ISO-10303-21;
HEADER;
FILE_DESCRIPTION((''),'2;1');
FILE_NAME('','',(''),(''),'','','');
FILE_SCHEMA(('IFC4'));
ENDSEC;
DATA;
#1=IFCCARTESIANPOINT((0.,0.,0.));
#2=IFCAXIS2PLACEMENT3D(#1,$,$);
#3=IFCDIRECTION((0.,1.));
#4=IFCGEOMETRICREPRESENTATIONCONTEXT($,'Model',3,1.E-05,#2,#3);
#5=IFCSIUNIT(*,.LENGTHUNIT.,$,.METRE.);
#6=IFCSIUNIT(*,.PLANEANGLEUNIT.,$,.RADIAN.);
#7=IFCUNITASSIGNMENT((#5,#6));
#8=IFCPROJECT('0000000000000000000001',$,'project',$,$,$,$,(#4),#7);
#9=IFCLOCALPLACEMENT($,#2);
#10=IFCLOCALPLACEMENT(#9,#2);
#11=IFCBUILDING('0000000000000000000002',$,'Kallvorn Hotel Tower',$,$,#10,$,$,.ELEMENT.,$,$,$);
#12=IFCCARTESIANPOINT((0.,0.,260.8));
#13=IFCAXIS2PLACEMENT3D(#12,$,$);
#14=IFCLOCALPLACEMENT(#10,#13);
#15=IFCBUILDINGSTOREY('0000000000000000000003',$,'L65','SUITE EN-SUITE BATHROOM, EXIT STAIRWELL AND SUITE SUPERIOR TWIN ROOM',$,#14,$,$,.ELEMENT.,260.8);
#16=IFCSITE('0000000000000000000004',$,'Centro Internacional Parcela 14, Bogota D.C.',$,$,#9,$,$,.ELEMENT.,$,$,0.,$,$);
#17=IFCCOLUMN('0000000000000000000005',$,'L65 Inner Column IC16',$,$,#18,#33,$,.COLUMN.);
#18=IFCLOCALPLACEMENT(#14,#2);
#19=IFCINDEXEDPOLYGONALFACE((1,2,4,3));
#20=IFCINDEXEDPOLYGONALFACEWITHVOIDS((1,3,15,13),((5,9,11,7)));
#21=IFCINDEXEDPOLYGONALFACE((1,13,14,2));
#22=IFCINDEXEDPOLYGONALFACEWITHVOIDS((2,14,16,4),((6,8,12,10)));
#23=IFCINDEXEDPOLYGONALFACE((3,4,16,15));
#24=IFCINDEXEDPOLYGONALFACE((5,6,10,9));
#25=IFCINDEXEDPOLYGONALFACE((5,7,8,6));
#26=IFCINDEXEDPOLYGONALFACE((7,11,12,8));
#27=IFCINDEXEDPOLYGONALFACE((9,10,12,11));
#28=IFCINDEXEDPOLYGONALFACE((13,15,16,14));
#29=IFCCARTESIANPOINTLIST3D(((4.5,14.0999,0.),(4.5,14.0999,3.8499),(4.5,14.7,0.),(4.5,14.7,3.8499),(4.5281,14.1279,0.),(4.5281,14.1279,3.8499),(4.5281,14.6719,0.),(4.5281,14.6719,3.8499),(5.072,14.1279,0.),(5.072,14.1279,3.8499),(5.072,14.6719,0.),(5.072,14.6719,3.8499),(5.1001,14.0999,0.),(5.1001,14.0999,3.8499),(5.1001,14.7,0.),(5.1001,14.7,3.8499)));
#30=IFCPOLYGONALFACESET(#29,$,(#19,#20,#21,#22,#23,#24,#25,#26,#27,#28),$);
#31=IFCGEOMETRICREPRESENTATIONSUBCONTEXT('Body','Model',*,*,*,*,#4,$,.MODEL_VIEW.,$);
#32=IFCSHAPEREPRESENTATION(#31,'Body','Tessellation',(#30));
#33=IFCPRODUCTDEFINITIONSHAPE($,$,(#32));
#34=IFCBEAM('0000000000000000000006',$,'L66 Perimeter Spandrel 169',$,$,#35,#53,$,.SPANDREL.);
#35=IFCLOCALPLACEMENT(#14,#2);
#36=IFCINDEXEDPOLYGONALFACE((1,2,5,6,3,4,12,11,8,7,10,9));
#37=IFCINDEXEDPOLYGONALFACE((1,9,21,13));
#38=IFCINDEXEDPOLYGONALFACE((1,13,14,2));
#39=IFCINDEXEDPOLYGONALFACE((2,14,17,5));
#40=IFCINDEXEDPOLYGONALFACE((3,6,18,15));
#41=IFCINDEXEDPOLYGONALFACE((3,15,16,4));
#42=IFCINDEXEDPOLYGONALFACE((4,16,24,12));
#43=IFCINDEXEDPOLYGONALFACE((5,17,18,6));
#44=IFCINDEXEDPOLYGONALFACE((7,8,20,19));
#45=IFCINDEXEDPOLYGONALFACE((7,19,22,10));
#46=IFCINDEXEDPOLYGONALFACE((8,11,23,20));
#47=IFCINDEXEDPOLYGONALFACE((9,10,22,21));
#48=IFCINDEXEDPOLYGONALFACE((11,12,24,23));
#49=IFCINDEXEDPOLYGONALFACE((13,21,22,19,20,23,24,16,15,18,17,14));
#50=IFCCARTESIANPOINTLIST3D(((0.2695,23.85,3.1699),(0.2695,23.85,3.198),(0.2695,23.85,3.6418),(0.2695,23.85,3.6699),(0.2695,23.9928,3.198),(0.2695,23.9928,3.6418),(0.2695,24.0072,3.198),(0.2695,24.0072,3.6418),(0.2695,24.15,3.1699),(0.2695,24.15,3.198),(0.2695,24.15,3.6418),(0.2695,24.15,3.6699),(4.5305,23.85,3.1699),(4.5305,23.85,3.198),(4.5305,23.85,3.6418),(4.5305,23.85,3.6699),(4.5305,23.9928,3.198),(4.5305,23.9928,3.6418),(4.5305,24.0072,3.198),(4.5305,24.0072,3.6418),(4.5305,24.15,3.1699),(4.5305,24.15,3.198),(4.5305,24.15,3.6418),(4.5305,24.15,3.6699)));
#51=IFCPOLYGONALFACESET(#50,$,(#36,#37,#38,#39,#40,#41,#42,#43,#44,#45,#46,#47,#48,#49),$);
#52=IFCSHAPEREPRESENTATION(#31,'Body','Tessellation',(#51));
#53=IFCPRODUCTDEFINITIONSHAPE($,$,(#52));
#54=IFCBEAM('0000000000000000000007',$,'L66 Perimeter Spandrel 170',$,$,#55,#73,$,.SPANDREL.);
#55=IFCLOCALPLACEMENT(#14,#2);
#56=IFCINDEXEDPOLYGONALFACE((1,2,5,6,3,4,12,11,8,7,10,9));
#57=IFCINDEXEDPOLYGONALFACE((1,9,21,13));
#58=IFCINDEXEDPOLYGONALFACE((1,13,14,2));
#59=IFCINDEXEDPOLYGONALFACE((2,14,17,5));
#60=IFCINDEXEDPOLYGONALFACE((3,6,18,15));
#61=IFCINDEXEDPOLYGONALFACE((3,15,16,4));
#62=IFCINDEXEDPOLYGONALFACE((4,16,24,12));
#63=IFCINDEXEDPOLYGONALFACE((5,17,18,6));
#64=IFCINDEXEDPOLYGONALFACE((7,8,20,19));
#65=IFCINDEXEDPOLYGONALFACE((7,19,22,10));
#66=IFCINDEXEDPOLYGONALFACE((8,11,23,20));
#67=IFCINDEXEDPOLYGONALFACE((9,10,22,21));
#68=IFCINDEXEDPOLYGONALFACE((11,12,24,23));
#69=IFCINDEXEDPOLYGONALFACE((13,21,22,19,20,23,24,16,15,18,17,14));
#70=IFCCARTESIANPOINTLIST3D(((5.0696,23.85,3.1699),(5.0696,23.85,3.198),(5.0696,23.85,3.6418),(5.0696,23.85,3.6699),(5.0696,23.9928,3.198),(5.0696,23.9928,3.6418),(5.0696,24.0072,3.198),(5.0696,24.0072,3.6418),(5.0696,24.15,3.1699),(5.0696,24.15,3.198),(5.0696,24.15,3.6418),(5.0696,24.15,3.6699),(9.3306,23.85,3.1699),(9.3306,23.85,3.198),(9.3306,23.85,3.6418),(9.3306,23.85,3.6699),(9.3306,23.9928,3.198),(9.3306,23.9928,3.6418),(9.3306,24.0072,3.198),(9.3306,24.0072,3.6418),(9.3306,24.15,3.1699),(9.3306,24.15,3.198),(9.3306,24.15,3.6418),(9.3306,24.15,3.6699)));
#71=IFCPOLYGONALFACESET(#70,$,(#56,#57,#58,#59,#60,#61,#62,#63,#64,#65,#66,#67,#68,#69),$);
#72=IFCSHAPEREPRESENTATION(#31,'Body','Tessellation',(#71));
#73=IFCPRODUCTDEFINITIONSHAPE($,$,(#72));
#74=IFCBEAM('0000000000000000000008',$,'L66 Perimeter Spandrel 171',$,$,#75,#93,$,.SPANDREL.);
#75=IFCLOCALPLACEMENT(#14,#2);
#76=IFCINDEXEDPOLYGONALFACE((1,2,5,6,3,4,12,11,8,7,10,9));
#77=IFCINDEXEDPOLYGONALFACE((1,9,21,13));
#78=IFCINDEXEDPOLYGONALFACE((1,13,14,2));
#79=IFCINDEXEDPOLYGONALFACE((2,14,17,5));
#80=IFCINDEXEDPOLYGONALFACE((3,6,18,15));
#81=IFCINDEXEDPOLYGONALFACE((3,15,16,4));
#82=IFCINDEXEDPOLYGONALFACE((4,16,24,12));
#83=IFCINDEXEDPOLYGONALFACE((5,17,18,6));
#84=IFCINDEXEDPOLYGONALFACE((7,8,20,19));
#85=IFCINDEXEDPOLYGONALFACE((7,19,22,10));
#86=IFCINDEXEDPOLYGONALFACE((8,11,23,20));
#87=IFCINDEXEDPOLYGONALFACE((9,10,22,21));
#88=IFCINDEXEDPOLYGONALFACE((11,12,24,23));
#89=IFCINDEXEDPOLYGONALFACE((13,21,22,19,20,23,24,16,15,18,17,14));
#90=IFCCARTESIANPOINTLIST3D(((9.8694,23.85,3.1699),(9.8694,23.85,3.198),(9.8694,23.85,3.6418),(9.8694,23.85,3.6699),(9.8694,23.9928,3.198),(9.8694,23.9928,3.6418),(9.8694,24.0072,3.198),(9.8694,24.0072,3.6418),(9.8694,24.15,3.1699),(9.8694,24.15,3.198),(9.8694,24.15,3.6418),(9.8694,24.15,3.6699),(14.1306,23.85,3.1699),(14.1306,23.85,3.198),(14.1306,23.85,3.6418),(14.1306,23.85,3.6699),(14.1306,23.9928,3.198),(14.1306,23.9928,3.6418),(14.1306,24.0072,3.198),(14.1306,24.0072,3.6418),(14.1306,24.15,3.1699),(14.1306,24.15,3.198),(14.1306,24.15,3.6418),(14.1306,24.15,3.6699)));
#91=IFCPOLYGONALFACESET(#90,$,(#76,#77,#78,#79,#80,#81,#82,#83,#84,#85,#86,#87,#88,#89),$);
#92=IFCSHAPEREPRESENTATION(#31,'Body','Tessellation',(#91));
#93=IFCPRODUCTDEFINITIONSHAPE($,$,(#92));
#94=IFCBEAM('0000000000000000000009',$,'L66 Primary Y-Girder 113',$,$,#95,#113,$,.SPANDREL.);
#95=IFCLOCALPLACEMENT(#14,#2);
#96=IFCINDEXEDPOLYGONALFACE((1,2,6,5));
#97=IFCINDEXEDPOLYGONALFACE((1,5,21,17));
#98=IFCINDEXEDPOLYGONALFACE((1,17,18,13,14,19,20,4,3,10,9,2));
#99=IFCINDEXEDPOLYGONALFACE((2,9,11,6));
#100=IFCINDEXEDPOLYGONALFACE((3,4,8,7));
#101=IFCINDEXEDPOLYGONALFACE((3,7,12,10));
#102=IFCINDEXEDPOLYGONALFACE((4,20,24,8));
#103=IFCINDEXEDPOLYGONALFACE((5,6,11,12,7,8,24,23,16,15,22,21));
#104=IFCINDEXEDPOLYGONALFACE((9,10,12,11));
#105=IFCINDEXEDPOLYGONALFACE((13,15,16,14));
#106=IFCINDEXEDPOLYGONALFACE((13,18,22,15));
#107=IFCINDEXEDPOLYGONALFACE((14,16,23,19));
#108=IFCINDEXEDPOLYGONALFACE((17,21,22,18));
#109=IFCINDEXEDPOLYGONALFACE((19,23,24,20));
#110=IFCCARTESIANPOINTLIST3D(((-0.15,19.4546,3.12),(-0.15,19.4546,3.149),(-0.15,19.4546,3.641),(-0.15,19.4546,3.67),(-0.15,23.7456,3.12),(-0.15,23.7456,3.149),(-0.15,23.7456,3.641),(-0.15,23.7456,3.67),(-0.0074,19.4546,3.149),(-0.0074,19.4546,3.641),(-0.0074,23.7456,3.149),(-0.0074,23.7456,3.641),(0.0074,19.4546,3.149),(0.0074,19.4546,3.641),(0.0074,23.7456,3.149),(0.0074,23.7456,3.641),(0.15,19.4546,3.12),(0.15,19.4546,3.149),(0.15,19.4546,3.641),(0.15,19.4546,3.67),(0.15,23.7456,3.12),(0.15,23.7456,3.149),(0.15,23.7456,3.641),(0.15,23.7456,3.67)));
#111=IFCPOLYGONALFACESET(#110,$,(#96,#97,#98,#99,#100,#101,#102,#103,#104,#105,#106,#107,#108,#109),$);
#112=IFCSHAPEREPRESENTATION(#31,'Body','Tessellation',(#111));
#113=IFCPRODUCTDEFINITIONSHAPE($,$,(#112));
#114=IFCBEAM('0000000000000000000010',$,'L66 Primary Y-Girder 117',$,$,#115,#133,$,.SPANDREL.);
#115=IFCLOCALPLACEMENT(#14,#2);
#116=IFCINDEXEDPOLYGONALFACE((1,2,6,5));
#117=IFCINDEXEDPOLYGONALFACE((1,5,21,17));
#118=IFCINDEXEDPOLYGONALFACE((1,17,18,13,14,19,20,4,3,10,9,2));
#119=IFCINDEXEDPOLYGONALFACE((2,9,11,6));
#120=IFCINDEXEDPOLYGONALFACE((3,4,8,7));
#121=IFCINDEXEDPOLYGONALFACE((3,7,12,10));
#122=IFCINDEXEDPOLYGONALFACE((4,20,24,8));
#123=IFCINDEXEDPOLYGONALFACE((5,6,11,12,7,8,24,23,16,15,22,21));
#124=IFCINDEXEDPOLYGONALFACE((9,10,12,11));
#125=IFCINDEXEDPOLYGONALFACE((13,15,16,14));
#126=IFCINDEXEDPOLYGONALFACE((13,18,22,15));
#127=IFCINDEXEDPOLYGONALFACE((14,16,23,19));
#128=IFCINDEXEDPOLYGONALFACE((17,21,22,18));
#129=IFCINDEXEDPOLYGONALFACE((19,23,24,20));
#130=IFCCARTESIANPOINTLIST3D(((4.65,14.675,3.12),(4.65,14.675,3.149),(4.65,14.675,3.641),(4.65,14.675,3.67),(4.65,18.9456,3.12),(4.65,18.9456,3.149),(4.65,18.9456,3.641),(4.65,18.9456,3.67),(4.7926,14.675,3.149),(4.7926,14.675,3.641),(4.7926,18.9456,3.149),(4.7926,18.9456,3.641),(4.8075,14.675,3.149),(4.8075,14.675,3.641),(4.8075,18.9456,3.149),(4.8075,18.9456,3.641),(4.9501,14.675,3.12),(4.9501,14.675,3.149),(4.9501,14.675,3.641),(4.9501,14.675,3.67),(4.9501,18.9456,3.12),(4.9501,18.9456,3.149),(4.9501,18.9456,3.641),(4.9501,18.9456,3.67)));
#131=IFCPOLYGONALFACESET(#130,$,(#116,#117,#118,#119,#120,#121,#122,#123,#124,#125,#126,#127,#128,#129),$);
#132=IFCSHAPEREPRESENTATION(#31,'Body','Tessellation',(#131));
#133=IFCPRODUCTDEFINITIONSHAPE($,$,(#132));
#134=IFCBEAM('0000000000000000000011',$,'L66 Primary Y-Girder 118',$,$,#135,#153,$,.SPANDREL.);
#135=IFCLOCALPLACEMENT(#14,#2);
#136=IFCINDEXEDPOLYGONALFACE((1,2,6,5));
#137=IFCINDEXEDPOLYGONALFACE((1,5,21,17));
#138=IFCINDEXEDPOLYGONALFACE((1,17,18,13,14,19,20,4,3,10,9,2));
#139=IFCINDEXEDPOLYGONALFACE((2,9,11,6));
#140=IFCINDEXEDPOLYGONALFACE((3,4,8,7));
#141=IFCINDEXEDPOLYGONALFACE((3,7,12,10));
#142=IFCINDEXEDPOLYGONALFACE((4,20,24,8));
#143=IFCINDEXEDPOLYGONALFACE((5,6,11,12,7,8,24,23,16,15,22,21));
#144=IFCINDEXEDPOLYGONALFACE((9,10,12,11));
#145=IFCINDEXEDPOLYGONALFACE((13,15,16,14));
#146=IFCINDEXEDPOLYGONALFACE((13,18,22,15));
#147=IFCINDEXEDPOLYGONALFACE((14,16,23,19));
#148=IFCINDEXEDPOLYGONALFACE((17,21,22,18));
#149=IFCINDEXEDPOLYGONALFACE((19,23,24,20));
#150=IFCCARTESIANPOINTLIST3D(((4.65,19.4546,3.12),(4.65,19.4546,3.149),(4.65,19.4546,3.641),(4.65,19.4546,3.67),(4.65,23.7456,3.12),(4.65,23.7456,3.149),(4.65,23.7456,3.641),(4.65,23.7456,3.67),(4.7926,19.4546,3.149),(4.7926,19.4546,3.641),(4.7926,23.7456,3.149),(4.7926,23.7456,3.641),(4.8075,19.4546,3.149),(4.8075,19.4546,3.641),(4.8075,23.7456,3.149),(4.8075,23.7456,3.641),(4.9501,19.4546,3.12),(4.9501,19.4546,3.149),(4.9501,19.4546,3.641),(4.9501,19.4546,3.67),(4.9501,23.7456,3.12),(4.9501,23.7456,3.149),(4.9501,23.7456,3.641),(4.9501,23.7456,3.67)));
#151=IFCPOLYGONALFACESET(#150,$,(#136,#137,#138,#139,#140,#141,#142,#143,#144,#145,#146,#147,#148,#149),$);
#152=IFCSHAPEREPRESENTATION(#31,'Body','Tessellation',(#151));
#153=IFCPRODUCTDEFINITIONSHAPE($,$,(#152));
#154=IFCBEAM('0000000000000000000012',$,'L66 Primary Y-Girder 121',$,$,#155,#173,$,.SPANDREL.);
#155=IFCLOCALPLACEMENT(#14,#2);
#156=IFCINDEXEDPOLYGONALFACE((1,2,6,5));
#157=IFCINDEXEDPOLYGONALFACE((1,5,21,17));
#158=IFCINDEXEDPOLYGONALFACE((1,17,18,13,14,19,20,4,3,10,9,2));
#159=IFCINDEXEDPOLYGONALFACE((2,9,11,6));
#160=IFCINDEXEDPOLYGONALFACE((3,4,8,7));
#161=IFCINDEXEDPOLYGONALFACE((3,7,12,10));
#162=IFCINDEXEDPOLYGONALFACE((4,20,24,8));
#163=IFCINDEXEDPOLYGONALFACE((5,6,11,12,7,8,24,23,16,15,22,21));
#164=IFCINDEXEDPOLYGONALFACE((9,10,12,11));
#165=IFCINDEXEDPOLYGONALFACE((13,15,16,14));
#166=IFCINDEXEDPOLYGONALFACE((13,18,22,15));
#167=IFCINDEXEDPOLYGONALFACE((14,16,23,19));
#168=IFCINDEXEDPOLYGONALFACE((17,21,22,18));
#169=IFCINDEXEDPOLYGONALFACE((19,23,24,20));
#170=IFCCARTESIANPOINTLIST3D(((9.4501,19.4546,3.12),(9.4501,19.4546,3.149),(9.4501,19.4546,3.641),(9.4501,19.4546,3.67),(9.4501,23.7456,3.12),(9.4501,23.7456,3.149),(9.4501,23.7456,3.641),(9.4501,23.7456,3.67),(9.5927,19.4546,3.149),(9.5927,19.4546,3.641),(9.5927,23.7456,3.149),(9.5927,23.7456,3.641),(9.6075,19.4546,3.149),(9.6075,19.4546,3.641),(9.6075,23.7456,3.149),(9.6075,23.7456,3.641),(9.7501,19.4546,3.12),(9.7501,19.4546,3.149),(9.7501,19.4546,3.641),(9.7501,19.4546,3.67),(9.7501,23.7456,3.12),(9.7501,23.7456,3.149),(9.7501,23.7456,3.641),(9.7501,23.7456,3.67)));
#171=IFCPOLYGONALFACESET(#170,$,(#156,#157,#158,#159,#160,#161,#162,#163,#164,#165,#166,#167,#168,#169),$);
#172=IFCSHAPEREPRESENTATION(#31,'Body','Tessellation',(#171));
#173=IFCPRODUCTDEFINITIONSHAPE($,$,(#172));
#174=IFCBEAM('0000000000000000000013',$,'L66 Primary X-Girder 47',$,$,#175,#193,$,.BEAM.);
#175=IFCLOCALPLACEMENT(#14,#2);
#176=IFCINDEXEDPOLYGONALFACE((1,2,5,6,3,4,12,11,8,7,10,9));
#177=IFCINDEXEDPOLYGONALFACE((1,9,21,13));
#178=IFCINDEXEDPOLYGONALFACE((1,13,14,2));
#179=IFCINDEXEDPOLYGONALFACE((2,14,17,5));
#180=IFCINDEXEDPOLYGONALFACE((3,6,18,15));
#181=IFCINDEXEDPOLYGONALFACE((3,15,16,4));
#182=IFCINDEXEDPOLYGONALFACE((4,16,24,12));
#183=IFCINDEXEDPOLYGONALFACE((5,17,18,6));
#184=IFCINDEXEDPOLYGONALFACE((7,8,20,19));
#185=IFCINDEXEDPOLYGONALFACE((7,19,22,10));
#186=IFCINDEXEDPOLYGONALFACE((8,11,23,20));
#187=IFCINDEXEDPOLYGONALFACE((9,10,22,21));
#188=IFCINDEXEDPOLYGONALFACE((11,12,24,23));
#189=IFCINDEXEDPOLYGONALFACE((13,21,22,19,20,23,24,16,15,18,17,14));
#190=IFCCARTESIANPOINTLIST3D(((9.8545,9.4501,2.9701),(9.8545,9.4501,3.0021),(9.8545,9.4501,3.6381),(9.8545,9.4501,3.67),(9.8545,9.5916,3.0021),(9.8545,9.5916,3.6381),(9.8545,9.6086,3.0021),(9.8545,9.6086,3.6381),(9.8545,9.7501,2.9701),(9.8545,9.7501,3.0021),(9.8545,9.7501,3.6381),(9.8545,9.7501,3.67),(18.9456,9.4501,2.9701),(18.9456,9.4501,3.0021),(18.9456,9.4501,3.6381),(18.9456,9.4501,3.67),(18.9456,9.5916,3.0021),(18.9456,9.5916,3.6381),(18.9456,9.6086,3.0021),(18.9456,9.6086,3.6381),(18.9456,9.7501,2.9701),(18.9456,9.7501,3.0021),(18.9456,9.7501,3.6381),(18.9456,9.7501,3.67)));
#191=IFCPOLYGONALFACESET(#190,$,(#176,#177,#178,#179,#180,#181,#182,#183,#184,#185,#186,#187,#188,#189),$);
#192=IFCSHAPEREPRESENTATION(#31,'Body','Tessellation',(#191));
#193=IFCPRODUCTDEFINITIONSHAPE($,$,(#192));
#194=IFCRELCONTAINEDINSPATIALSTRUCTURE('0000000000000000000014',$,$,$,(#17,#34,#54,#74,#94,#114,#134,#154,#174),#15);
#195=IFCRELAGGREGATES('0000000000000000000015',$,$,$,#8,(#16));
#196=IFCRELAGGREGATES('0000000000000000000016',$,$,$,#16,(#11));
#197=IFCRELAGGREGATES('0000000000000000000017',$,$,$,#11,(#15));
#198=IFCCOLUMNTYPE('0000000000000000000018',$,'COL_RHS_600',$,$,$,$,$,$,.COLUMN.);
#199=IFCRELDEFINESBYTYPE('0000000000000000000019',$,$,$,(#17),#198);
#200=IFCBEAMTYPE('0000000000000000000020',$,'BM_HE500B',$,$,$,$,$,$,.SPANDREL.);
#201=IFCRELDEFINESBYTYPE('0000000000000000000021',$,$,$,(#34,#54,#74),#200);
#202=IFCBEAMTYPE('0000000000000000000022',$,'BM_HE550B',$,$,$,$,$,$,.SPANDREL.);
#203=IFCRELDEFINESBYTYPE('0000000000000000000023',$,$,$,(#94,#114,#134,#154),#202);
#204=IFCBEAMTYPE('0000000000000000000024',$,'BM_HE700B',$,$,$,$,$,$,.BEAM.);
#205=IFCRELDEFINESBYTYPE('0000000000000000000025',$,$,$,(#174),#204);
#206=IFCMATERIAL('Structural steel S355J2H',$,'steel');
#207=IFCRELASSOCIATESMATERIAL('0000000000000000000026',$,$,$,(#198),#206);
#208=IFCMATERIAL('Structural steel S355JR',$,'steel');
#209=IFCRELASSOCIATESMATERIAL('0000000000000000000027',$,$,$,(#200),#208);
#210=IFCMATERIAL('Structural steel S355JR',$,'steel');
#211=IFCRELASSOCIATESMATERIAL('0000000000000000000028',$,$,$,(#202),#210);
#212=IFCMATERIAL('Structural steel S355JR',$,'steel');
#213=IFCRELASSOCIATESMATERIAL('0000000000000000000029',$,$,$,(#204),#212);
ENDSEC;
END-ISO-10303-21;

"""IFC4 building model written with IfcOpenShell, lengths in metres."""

from ifc_helpers import new_model, si_unit, direction, frame, origin, origin_2d, place, context, subcontext, project, spatial, hollow_rectangle, i_section, extrude, material, material_profile, profile_set, type_object, element, save


model = new_model("IFC4")

# Units and contexts
model_context = context("Model", 3, precision=1e-05, world=origin(), true_north=direction((0.0, 1.0)))
body_context = subcontext(model_context, "Body", "Model", "MODEL_VIEW")
ifc_project = project(units=[si_unit("LENGTHUNIT", "METRE"), si_unit("PLANEANGLEUNIT", "RADIAN")], contexts=[model_context])

# Site, building, storey
site_placement = place(None, origin())
site = spatial("IfcSite", under=ifc_project, at=site_placement, Name="Centro Internacional Parcela 14, Bogota D.C.", CompositionType="ELEMENT", RefElevation=0.0)
building_placement = place(site_placement, origin())
building = spatial("IfcBuilding", under=site, at=building_placement, Name="Kallvorn Hotel Tower", CompositionType="ELEMENT")
storey_placement = place(building_placement, frame((0.0, 0.0, 260.8)))
storey = spatial("IfcBuildingStorey", under=building, at=storey_placement, Name="L65", Description="SUITE EN-SUITE BATHROOM, EXIT STAIRWELL AND SUITE SUPERIOR TWIN ROOM", CompositionType="ELEMENT", Elevation=260.8)

# Column
ifc_material_1 = material(Name="Structural steel S355J2H", Category="steel")
ifc_material_profile_1 = material_profile(ifc_material_1, hollow_rectangle(XDim=0.6001, YDim=0.6001, WallThickness=0.0281, at=origin_2d()), Name="RHS 600x600x28")
ifc_profile_set_1 = profile_set([ifc_material_profile_1], Name="Structural steel S355J2H")
column_type_1 = type_object("IfcColumnType", Name="COL_RHS_600", PredefinedType="COLUMN", material=ifc_profile_set_1)
column_placement = place(storey_placement, frame((4.8, 14.3999, 0.0), z_axis=(0.0, 0.0, 1.0), x_axis=(1.0, 0.0, 0.0)))
element("IfcColumn", 1, at=column_placement, inside=storey, type_object=column_type_1, Name="L65 Inner Column IC16", PredefinedType="COLUMN", context=body_context, shape_type="SweptSolid", body=[
    extrude(hollow_rectangle(XDim=0.6001, YDim=0.6001, WallThickness=0.0281, at=origin_2d()), origin(), (0.0, 0.0, 1.0), 3.8499),
])

# Beams
ifc_material_2 = material(Name="Structural steel S355JR", Category="steel")
ifc_material_profile_2 = material_profile(ifc_material_2, i_section(OverallWidth=0.3, OverallDepth=0.5, WebThickness=0.0144, FlangeThickness=0.0281, at=origin_2d()), Name="HE 500 B")
ifc_profile_set_2 = profile_set([ifc_material_profile_2], Name="Structural steel S355JR")
beam_type_1 = type_object("IfcBeamType", Name="BM_HE500B", PredefinedType="SPANDREL", material=ifc_profile_set_2)
for number, where, z_axis, x_axis, name in (
    (2, (0.2695, 24.0, 3.4199), (1.0, 0.0, 0.0), (0.0, 1.0, 0.0), "L66 Perimeter Spandrel 169"),
    (3, (5.0696, 24.0, 3.4199), (1.0, 0.0, 0.0), (0.0, 1.0, 0.0), "L66 Perimeter Spandrel 170"),
):
    element("IfcBeam", number, at=place(storey_placement, frame(where, z_axis=z_axis, x_axis=x_axis)), inside=storey, type_object=beam_type_1, Name=name, PredefinedType="SPANDREL", context=body_context, shape_type="SweptSolid", body=[
        extrude(i_section(OverallWidth=0.3, OverallDepth=0.5, WebThickness=0.0144, FlangeThickness=0.0281, at=origin_2d()), origin(), (0.0, 0.0, 1.0), 4.261),
    ])
beam_1_placement = place(storey_placement, frame((9.8694, 24.0, 3.4199), z_axis=(1.0, 0.0, 0.0), x_axis=(0.0, 1.0, 0.0)))
element("IfcBeam", 4, at=beam_1_placement, inside=storey, type_object=beam_type_1, Name="L66 Perimeter Spandrel 171", PredefinedType="SPANDREL", context=body_context, shape_type="SweptSolid", body=[
    extrude(i_section(OverallWidth=0.3, OverallDepth=0.5, WebThickness=0.0144, FlangeThickness=0.0281, at=origin_2d()), origin(), (0.0, 0.0, 1.0), 4.2612),
])
ifc_material_3 = material(Name="Structural steel S355JR", Category="steel")
ifc_material_profile_3 = material_profile(ifc_material_3, i_section(OverallWidth=0.3, OverallDepth=0.55, WebThickness=0.0149, FlangeThickness=0.0291, at=origin_2d()), Name="HE 550 B")
ifc_profile_set_3 = profile_set([ifc_material_profile_3], Name="Structural steel S355JR")
beam_type_2 = type_object("IfcBeamType", Name="BM_HE550B", PredefinedType="SPANDREL", material=ifc_profile_set_3)
beam_2_placement = place(storey_placement, frame((0.0, 19.4546, 3.395), z_axis=(0.0, 1.0, 0.0), x_axis=(-1.0, 0.0, 0.0)))
element("IfcBeam", 5, at=beam_2_placement, inside=storey, type_object=beam_type_2, Name="L66 Primary Y-Girder 113", PredefinedType="SPANDREL", context=body_context, shape_type="SweptSolid", body=[
    extrude(i_section(OverallWidth=0.3, OverallDepth=0.55, WebThickness=0.0149, FlangeThickness=0.0291, at=origin_2d()), origin(), (0.0, 0.0, 1.0), 4.291),
])
beam_3_placement = place(storey_placement, frame((4.8, 14.675, 3.395), z_axis=(0.0, 1.0, 0.0), x_axis=(-1.0, 0.0, 0.0)))
element("IfcBeam", 6, at=beam_3_placement, inside=storey, type_object=beam_type_2, Name="L66 Primary Y-Girder 117", PredefinedType="SPANDREL", context=body_context, shape_type="SweptSolid", body=[
    extrude(i_section(OverallWidth=0.3, OverallDepth=0.55, WebThickness=0.0149, FlangeThickness=0.0291, at=origin_2d()), origin(), (0.0, 0.0, 1.0), 4.2705),
])
for number, where, z_axis, x_axis, name in (
    (7, (4.8, 19.4546, 3.395), (0.0, 1.0, 0.0), (-1.0, 0.0, 0.0), "L66 Primary Y-Girder 118"),
    (8, (9.6001, 19.4546, 3.395), (0.0, 1.0, 0.0), (-1.0, 0.0, 0.0), "L66 Primary Y-Girder 121"),
):
    element("IfcBeam", number, at=place(storey_placement, frame(where, z_axis=z_axis, x_axis=x_axis)), inside=storey, type_object=beam_type_2, Name=name, PredefinedType="SPANDREL", context=body_context, shape_type="SweptSolid", body=[
        extrude(i_section(OverallWidth=0.3, OverallDepth=0.55, WebThickness=0.0149, FlangeThickness=0.0291, at=origin_2d()), origin(), (0.0, 0.0, 1.0), 4.291),
    ])
ifc_material_4 = material(Name="Structural steel S355JR", Category="steel")
ifc_material_profile_4 = material_profile(ifc_material_4, i_section(OverallWidth=0.3, OverallDepth=0.7, WebThickness=0.0171, FlangeThickness=0.032, at=origin_2d()), Name="HE 700 B")
ifc_profile_set_4 = profile_set([ifc_material_profile_4], Name="Structural steel S355JR")
beam_type_3 = type_object("IfcBeamType", Name="BM_HE700B", PredefinedType="BEAM", material=ifc_profile_set_4)
beam_4_placement = place(storey_placement, frame((9.8545, 9.6001, 3.3201), z_axis=(1.0, 0.0, 0.0), x_axis=(0.0, 1.0, 0.0)))
element("IfcBeam", 9, at=beam_4_placement, inside=storey, type_object=beam_type_3, Name="L66 Primary X-Girder 47", PredefinedType="BEAM", context=body_context, shape_type="SweptSolid", body=[
    extrude(i_section(OverallWidth=0.3, OverallDepth=0.7, WebThickness=0.0171, FlangeThickness=0.032, at=origin_2d()), origin(), (0.0, 0.0, 1.0), 9.0911),
])

save(model, "model.ifc")
